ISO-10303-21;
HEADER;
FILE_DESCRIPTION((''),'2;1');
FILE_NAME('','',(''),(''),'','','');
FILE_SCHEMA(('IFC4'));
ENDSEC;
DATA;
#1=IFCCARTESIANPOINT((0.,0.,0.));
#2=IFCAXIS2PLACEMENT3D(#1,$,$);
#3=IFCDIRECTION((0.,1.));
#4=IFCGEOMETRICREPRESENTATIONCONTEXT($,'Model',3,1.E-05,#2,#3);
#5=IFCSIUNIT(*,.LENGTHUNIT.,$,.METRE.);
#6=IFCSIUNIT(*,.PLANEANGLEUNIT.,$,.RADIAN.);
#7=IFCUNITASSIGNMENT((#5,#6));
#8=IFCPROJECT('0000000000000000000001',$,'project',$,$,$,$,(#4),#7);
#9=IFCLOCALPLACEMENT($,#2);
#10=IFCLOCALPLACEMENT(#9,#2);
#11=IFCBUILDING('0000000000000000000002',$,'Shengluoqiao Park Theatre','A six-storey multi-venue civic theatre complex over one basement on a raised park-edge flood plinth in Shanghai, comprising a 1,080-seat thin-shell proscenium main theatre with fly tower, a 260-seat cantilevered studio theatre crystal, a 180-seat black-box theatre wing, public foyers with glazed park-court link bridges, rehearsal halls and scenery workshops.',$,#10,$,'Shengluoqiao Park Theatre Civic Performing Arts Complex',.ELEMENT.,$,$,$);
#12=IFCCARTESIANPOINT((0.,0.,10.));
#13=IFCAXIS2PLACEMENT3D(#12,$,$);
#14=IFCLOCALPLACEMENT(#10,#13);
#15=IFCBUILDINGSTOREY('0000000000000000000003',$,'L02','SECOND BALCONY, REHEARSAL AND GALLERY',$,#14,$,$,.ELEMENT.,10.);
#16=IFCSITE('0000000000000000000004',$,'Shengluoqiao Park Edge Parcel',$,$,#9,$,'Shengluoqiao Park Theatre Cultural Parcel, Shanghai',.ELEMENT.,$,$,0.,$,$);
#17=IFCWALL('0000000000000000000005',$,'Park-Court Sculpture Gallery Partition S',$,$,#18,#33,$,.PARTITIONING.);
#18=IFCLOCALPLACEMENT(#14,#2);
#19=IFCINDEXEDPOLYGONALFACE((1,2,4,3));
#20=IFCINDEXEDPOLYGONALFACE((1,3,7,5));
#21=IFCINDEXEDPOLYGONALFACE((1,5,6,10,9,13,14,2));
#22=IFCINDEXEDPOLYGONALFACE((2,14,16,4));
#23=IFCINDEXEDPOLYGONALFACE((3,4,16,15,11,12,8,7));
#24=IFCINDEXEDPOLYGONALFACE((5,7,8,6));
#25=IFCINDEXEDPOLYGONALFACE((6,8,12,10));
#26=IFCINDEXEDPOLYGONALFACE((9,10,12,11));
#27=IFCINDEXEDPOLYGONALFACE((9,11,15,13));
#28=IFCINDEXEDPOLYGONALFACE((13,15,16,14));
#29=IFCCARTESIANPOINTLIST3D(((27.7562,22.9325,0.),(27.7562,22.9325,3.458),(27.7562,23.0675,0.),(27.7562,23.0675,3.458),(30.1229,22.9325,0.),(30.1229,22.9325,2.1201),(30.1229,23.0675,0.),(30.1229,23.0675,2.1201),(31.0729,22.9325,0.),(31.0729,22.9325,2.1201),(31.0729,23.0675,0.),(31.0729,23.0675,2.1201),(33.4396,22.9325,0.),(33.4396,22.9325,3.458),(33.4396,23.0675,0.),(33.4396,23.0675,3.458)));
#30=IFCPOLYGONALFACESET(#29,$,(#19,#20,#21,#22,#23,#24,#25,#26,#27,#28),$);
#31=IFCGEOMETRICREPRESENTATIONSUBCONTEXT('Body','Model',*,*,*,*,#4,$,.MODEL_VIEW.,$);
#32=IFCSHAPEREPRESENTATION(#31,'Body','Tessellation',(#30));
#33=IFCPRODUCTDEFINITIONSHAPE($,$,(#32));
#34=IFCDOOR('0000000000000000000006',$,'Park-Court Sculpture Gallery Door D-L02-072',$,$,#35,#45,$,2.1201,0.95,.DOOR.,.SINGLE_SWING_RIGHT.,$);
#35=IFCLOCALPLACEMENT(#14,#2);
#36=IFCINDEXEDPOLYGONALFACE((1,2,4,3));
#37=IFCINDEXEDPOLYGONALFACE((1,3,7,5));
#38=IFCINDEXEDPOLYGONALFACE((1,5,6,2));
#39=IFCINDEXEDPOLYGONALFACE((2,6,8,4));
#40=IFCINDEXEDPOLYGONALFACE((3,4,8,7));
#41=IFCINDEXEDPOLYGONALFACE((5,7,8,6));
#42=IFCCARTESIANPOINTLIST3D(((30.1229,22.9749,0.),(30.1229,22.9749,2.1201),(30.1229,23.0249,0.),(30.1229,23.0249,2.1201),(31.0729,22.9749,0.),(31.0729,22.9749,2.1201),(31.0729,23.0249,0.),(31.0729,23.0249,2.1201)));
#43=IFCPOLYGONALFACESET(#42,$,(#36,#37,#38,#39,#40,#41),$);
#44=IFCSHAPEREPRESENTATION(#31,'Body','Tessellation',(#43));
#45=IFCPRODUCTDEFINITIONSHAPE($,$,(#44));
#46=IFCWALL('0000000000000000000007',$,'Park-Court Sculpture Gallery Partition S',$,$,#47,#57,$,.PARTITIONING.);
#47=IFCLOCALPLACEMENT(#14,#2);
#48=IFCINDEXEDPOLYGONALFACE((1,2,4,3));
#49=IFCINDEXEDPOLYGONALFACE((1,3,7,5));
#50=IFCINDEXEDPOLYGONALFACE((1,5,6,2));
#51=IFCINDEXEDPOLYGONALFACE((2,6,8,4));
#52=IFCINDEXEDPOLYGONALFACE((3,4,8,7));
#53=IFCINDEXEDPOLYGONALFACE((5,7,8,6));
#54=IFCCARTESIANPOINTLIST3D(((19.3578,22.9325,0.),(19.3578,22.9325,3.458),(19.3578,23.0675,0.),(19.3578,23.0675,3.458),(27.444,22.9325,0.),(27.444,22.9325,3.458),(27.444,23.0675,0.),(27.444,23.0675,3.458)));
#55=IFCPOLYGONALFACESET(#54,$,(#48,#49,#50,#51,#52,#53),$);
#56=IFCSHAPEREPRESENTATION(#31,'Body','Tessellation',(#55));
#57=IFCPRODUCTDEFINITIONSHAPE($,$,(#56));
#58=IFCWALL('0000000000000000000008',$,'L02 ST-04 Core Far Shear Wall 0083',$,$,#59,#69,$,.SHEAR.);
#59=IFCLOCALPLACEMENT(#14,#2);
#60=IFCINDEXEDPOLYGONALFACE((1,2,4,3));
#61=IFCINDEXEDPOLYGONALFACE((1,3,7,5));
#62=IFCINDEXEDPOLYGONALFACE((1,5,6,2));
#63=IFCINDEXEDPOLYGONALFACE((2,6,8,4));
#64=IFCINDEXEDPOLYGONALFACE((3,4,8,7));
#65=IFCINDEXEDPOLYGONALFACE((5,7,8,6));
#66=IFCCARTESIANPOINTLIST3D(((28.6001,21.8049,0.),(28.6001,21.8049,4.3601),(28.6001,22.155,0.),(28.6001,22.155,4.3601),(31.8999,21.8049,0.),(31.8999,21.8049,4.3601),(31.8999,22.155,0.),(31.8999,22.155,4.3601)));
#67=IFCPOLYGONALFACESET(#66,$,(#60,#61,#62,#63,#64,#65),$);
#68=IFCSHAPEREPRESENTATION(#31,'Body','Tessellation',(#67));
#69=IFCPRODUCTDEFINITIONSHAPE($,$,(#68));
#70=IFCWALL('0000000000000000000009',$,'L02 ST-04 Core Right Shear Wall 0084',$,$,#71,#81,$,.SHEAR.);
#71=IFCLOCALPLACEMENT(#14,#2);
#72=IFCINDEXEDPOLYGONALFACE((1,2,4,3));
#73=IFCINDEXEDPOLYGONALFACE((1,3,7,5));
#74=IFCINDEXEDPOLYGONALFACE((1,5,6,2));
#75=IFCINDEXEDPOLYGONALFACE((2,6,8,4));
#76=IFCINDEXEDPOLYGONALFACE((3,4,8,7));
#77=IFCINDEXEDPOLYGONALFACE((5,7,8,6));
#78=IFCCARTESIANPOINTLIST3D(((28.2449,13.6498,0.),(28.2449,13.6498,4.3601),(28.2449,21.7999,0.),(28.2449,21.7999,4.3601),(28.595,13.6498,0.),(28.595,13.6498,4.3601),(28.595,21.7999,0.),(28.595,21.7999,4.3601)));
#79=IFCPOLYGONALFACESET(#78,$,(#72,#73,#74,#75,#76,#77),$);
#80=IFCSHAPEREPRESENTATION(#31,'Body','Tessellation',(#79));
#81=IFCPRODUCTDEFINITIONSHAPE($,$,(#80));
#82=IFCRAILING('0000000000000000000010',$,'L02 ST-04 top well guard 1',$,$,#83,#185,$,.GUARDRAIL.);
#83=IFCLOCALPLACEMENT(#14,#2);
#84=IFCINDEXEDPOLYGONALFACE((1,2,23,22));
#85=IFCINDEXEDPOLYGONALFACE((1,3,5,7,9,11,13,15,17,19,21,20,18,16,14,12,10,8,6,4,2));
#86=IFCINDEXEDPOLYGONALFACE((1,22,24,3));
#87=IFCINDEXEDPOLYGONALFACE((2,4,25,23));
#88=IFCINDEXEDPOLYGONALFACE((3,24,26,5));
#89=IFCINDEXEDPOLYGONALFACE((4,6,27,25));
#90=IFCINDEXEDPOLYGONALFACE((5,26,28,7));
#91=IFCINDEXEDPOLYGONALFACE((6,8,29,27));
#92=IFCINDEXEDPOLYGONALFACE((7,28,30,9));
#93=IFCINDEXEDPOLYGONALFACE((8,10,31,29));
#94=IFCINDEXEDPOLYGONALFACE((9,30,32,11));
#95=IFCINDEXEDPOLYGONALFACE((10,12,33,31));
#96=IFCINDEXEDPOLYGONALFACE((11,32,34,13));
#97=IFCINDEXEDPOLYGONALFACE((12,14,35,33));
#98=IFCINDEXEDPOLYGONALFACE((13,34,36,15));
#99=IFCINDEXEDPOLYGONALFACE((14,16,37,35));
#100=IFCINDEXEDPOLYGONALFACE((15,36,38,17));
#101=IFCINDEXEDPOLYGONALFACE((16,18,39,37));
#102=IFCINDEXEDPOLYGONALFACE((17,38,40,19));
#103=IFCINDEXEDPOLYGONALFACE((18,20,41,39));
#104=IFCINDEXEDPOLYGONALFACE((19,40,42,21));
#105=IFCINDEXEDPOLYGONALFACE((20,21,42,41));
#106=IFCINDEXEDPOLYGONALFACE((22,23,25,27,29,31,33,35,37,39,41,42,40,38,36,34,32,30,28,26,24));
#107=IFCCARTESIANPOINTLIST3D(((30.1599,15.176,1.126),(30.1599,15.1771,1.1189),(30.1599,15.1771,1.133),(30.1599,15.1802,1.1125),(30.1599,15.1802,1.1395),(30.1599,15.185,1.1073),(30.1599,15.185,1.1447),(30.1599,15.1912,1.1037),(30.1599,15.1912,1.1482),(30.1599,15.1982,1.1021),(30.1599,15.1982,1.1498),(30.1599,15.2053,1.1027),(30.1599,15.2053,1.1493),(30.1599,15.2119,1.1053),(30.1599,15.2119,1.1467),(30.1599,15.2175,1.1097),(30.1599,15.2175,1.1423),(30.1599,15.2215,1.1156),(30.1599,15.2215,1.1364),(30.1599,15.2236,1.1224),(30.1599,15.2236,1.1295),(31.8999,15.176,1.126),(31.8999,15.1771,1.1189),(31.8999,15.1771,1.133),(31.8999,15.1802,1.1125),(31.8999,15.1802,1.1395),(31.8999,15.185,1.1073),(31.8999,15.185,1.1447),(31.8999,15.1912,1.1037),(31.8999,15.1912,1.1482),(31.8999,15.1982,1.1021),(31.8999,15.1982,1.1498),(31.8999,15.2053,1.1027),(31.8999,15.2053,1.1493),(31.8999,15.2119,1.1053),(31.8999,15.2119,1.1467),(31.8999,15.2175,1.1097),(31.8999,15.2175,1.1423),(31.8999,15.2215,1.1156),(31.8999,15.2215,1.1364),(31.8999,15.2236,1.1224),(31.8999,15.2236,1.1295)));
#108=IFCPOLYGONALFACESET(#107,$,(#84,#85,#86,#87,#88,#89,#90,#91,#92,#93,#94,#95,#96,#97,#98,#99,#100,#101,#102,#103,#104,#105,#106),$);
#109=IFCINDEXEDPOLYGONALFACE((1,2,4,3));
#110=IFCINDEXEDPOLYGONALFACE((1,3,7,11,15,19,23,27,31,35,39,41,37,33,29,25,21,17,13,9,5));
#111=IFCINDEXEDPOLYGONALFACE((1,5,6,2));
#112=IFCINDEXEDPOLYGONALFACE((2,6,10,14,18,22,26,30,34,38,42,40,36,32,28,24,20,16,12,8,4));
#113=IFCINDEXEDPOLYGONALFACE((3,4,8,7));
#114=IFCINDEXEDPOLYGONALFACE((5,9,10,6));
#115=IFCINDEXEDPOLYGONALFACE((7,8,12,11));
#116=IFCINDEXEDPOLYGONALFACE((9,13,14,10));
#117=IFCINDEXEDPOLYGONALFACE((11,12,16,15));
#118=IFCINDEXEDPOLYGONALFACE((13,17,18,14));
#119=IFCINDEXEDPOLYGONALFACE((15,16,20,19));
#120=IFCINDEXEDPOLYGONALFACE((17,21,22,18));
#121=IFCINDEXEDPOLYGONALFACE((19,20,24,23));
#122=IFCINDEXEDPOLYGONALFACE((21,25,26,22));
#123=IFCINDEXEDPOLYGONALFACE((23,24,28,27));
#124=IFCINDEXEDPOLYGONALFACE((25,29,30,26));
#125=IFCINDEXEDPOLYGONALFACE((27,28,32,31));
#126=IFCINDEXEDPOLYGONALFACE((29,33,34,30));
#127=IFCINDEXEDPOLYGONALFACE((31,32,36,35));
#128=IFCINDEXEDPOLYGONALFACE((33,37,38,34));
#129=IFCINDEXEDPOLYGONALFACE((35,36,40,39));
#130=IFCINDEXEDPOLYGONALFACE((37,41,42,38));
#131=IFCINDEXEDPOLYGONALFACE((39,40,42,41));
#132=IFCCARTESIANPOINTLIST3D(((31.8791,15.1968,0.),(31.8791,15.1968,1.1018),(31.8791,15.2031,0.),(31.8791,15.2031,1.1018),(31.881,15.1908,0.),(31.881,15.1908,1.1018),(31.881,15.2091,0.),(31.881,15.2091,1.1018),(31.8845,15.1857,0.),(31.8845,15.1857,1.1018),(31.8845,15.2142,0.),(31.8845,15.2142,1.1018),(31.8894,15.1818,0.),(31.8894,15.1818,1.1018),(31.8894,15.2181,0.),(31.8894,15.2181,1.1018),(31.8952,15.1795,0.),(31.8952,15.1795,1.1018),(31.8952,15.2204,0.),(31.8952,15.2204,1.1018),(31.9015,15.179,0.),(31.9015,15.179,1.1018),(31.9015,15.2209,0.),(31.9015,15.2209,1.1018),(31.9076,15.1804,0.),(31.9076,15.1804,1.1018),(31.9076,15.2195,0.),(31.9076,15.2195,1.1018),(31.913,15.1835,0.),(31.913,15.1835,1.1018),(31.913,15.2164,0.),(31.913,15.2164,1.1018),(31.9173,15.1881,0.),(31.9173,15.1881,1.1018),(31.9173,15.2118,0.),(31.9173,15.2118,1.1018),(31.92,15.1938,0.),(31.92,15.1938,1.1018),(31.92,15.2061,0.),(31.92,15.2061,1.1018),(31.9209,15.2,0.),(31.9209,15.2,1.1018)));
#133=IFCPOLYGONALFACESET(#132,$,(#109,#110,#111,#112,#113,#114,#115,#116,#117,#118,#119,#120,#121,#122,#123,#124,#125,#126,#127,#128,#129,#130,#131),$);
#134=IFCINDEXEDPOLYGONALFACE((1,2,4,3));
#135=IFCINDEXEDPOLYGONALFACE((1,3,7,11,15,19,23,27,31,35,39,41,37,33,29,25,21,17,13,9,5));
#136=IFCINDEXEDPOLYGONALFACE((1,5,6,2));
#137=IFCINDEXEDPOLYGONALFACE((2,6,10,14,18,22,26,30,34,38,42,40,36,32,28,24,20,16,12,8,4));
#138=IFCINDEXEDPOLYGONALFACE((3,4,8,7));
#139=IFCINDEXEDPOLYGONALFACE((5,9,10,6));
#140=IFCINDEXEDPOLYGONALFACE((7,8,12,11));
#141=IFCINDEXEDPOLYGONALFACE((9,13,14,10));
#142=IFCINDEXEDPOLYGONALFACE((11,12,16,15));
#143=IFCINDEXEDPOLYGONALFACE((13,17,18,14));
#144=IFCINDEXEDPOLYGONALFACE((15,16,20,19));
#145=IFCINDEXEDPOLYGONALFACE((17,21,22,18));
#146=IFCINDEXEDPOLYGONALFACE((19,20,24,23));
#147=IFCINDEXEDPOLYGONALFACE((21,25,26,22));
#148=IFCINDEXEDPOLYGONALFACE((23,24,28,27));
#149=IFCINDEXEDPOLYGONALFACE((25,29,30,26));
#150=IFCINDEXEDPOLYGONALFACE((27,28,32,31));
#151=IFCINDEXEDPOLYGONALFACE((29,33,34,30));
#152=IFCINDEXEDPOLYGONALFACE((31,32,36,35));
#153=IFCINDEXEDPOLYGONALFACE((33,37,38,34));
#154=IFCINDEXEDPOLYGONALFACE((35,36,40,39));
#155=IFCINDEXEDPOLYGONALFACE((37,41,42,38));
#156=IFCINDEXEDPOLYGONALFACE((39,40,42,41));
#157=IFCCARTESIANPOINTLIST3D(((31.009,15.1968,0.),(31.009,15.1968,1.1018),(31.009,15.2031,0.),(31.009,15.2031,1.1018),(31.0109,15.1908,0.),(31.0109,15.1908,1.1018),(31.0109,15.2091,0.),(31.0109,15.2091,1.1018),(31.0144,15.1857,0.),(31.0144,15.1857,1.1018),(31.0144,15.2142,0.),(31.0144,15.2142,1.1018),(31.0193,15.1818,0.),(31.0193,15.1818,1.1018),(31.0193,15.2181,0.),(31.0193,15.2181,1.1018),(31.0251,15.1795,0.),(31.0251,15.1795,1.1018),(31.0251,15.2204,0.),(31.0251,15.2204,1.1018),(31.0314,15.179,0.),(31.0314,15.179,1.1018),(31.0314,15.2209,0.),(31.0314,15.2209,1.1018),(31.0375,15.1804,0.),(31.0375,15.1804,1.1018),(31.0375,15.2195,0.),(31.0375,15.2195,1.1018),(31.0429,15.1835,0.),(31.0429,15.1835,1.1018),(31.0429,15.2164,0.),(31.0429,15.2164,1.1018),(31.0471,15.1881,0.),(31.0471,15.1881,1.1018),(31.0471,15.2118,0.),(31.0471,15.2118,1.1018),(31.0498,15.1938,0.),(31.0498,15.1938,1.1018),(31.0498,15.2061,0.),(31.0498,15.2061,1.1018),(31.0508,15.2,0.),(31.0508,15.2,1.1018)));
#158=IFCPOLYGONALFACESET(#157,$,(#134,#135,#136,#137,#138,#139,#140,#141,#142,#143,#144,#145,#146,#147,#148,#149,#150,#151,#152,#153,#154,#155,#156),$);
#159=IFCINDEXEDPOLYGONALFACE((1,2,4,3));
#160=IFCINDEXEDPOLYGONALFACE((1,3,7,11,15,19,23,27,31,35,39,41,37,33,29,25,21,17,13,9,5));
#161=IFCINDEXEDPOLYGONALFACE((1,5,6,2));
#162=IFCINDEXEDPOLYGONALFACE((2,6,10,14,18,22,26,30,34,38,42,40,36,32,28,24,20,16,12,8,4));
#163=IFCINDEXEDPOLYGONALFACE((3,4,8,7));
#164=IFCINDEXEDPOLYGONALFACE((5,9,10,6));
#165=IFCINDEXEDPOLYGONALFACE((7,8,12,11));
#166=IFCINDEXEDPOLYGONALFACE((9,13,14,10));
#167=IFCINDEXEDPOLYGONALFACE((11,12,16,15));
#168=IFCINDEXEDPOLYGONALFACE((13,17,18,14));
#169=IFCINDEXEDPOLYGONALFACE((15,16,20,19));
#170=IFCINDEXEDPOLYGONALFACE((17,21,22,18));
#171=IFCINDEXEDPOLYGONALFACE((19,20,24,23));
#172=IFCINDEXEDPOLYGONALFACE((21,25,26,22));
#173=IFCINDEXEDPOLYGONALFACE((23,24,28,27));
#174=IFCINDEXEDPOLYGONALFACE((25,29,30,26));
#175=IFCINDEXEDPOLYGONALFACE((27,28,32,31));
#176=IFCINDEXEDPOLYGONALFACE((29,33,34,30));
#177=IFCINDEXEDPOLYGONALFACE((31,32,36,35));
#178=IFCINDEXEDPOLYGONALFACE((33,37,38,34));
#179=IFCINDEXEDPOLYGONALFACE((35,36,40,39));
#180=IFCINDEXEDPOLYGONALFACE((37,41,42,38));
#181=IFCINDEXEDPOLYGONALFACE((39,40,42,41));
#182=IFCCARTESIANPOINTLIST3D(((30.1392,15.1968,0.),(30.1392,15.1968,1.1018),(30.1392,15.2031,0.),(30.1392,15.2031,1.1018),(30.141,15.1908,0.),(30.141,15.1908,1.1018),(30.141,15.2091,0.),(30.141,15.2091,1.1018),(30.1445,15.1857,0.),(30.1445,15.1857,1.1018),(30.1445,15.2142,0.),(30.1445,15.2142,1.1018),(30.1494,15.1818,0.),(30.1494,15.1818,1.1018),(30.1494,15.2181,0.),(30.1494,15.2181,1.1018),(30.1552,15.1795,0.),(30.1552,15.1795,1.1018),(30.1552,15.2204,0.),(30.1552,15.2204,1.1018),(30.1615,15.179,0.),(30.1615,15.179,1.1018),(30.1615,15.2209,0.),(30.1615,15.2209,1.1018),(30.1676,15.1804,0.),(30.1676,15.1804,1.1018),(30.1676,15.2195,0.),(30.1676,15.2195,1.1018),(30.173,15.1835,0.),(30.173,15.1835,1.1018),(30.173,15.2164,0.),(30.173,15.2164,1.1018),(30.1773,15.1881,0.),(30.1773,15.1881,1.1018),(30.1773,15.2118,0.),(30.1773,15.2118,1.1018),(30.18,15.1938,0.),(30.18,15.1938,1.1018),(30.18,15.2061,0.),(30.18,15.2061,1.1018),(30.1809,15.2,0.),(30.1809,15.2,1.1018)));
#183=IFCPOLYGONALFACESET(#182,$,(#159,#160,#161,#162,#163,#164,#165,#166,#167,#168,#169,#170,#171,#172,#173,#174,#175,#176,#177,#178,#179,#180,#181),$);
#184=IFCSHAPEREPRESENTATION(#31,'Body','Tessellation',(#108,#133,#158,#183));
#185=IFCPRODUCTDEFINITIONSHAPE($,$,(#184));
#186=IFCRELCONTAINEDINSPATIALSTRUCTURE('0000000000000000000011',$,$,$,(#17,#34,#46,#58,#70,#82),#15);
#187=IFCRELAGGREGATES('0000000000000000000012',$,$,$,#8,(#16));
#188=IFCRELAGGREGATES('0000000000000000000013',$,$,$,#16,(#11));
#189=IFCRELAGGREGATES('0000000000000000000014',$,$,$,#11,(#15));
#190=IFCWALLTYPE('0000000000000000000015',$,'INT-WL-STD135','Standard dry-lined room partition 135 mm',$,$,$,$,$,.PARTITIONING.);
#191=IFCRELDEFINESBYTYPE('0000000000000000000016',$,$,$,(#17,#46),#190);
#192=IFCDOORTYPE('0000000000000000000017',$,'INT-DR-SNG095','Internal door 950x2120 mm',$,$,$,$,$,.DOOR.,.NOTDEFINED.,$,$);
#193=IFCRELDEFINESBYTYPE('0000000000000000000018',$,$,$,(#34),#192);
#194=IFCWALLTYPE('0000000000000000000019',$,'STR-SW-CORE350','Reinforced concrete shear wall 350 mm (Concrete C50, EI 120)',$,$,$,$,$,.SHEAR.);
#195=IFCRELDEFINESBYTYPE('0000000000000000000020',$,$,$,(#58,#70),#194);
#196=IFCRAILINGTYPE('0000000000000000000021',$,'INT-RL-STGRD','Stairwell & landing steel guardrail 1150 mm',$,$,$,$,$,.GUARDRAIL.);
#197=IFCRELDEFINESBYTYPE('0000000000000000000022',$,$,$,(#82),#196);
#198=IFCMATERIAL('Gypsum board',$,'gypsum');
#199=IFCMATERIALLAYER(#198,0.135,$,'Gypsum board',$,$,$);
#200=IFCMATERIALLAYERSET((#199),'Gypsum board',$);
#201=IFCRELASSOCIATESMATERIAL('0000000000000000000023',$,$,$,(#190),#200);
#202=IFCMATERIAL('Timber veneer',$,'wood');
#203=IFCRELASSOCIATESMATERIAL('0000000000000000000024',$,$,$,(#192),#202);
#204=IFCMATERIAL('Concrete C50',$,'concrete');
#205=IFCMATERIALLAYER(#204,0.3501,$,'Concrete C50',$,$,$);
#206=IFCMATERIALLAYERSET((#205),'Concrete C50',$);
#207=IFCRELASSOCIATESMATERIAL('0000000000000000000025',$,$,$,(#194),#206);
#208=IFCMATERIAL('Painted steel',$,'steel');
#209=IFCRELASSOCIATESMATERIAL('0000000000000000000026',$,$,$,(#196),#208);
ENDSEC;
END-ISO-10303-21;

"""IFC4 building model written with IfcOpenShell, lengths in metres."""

from ifc_helpers import new_model, si_unit, direction, frame, frame_2d, origin, origin_2d, place, context, subcontext, project, spatial, rectangle, circle, extrude, material, layer, layer_set, type_object, element, fill, save


model = new_model("IFC4")

# Units and contexts
model_context = context("Model", 3, precision=1e-05, world=origin(), true_north=direction((0.0, 1.0)))
body_context = subcontext(model_context, "Body", "Model", "MODEL_VIEW")
ifc_project = project(units=[si_unit("LENGTHUNIT", "METRE"), si_unit("PLANEANGLEUNIT", "RADIAN")], contexts=[model_context])

# Site, building, storey
site_placement = place(None, origin())
site = spatial("IfcSite", under=ifc_project, at=site_placement, Name="Shengluoqiao Park Edge Parcel", LongName="Shengluoqiao Park Theatre Cultural Parcel, Shanghai", CompositionType="ELEMENT", RefElevation=0.0)
building_placement = place(site_placement, origin())
building = spatial("IfcBuilding", under=site, at=building_placement, Name="Shengluoqiao Park Theatre", Description="A six-storey multi-venue civic theatre complex over one basement on a raised park-edge flood plinth in Shanghai, comprising a 1,080-seat thin-shell proscenium main theatre with fly tower, a 260-seat cantilevered studio theatre crystal, a 180-seat black-box theatre wing, public foyers with glazed park-court link bridges, rehearsal halls and scenery workshops.", LongName="Shengluoqiao Park Theatre Civic Performing Arts Complex", CompositionType="ELEMENT")
storey_placement = place(building_placement, frame((0.0, 0.0, 10.0)))
storey = spatial("IfcBuildingStorey", under=building, at=storey_placement, Name="L02", Description="SECOND BALCONY, REHEARSAL AND GALLERY", CompositionType="ELEMENT", Elevation=10.0)

# Shared definitions
ifc_material_1 = material(Name="Gypsum board", Category="gypsum")
ifc_layer_1 = layer(ifc_material_1, 0.135, Name="Gypsum board")
ifc_layer_set_1 = layer_set([ifc_layer_1], Name="Gypsum board")
wall_type_1 = type_object("IfcWallType", Name="INT-WL-STD135", Description="Standard dry-lined room partition 135 mm", PredefinedType="PARTITIONING", material=ifc_layer_set_1)
ifc_material_2 = material(Name="Timber veneer", Category="wood")
door_type = type_object("IfcDoorType", Name="INT-DR-SNG095", Description="Internal door 950x2120 mm", OperationType="NOTDEFINED", PredefinedType="DOOR", material=ifc_material_2)

# Wall, opening, door
wall_1_placement = place(storey_placement, frame((27.7561, 23.0, 0.0), z_axis=(0.0, 0.0, 1.0), x_axis=(1.0, 0.0, 0.0)))
wall_1 = element("IfcWall", 1, at=wall_1_placement, inside=storey, type_object=wall_type_1, Name="Park-Court Sculpture Gallery Partition S", PredefinedType="PARTITIONING", context=body_context, shape_type="SweptSolid", body=[
    extrude(rectangle(XDim=5.6833, YDim=0.135, at=frame_2d((2.8418, 0.0))), origin(), (0.0, 0.0, 1.0), 3.458),
])
opening_1_placement = place(wall_1_placement, frame((2.3667, 0.0, 0.0)))
opening_1 = element("IfcOpeningElement", 2, at=opening_1_placement, cuts=wall_1, PredefinedType="OPENING", context=body_context, shape_type="SweptSolid", body=[
    extrude(rectangle(XDim=0.95, YDim=2.1201, at=frame_2d((0.4751, 1.0601))), frame((0.0, 0.0774, 0.0), z_axis=(0.0, -1.0, 0.0), x_axis=(1.0, 0.0, 0.0)), (0.0, 0.0, 1.0), 0.155),
])
door_1_placement = place(opening_1_placement, origin())
door_1 = element("IfcDoor", 3, at=door_1_placement, inside=storey, type_object=door_type, Name="Park-Court Sculpture Gallery Door D-L02-072", OperationType="SINGLE_SWING_RIGHT", OverallHeight=2.1201, OverallWidth=0.95, PredefinedType="DOOR", context=body_context, shape_type="SweptSolid", body=[
    extrude(rectangle(XDim=0.95, YDim=2.1201, at=frame_2d((0.4751, 1.0601))), frame((0.0, 0.0249, 0.0), z_axis=(0.0, -1.0, 0.0), x_axis=(1.0, 0.0, 0.0)), (0.0, 0.0, 1.0), 0.05),
])
fill(opening_1, door_1)

# Walls
wall_2_placement = place(storey_placement, frame((19.3579, 23.0, 0.0), z_axis=(0.0, 0.0, 1.0), x_axis=(1.0, 0.0, 0.0)))
element("IfcWall", 4, at=wall_2_placement, inside=storey, type_object=wall_type_1, Name="Park-Court Sculpture Gallery Partition S", PredefinedType="PARTITIONING", context=body_context, shape_type="SweptSolid", body=[
    extrude(rectangle(XDim=8.0862, YDim=0.135, at=frame_2d((4.043, 0.0))), origin(), (0.0, 0.0, 1.0), 3.458),
])
ifc_material_3 = material(Name="Concrete C50", Category="concrete")
ifc_layer_2 = layer(ifc_material_3, 0.3501, Name="Concrete C50")
ifc_layer_set_2 = layer_set([ifc_layer_2], Name="Concrete C50")
wall_type_2 = type_object("IfcWallType", Name="STR-SW-CORE350", Description="Reinforced concrete shear wall 350 mm (Concrete C50, EI 120)", PredefinedType="SHEAR", material=ifc_layer_set_2)
wall_3_placement = place(storey_placement, frame((31.8999, 21.98, 0.0), z_axis=(0.0, 0.0, 1.0), x_axis=(-1.0, 0.0, 0.0)))
element("IfcWall", 5, at=wall_3_placement, inside=storey, type_object=wall_type_2, Name="L02 ST-04 Core Far Shear Wall 0083", PredefinedType="SHEAR", context=body_context, shape_type="SweptSolid", body=[
    extrude(rectangle(XDim=3.2998, YDim=0.3501, at=frame_2d((1.6499, 0.0))), origin(), (0.0, 0.0, 1.0), 4.3601),
])
wall_4_placement = place(storey_placement, frame((28.4199, 21.8, 0.0), z_axis=(0.0, 0.0, 1.0), x_axis=(0.0, -1.0, 0.0)))
element("IfcWall", 6, at=wall_4_placement, inside=storey, type_object=wall_type_2, Name="L02 ST-04 Core Right Shear Wall 0084", PredefinedType="SHEAR", context=body_context, shape_type="SweptSolid", body=[
    extrude(rectangle(XDim=8.1501, YDim=0.3501, at=frame_2d((4.0752, 0.0))), origin(), (0.0, 0.0, 1.0), 4.3601),
])

# Railing
ifc_material_4 = material(Name="Painted steel", Category="steel")
railing_type = type_object("IfcRailingType", Name="INT-RL-STGRD", Description="Stairwell & landing steel guardrail 1150 mm", PredefinedType="GUARDRAIL", material=ifc_material_4)
railing_placement = place(storey_placement, frame((31.8999, 15.2, 0.0)))
element("IfcRailing", 7, at=railing_placement, inside=storey, type_object=railing_type, Name="L02 ST-04 top well guard 1", PredefinedType="GUARDRAIL", context=body_context, shape_type="SweptSolid", body=[
    extrude(circle(Radius=0.0239, at=origin_2d()), frame((0.0, 0.0, 1.126), z_axis=(-1.0, 0.0, 0.0), x_axis=(0.0, -1.0, 0.0)), (0.0, 0.0, 1.0), 1.74),
    extrude(circle(Radius=0.021, at=origin_2d()), origin(), (0.0, 0.0, 1.0), 1.1018),
    extrude(circle(Radius=0.021, at=origin_2d()), frame((-0.8701, 0.0, 0.0)), (0.0, 0.0, 1.0), 1.1018),
    extrude(circle(Radius=0.021, at=origin_2d()), frame((-1.74, 0.0, 0.0)), (0.0, 0.0, 1.0), 1.1018),
])

save(model, "model.ifc")
